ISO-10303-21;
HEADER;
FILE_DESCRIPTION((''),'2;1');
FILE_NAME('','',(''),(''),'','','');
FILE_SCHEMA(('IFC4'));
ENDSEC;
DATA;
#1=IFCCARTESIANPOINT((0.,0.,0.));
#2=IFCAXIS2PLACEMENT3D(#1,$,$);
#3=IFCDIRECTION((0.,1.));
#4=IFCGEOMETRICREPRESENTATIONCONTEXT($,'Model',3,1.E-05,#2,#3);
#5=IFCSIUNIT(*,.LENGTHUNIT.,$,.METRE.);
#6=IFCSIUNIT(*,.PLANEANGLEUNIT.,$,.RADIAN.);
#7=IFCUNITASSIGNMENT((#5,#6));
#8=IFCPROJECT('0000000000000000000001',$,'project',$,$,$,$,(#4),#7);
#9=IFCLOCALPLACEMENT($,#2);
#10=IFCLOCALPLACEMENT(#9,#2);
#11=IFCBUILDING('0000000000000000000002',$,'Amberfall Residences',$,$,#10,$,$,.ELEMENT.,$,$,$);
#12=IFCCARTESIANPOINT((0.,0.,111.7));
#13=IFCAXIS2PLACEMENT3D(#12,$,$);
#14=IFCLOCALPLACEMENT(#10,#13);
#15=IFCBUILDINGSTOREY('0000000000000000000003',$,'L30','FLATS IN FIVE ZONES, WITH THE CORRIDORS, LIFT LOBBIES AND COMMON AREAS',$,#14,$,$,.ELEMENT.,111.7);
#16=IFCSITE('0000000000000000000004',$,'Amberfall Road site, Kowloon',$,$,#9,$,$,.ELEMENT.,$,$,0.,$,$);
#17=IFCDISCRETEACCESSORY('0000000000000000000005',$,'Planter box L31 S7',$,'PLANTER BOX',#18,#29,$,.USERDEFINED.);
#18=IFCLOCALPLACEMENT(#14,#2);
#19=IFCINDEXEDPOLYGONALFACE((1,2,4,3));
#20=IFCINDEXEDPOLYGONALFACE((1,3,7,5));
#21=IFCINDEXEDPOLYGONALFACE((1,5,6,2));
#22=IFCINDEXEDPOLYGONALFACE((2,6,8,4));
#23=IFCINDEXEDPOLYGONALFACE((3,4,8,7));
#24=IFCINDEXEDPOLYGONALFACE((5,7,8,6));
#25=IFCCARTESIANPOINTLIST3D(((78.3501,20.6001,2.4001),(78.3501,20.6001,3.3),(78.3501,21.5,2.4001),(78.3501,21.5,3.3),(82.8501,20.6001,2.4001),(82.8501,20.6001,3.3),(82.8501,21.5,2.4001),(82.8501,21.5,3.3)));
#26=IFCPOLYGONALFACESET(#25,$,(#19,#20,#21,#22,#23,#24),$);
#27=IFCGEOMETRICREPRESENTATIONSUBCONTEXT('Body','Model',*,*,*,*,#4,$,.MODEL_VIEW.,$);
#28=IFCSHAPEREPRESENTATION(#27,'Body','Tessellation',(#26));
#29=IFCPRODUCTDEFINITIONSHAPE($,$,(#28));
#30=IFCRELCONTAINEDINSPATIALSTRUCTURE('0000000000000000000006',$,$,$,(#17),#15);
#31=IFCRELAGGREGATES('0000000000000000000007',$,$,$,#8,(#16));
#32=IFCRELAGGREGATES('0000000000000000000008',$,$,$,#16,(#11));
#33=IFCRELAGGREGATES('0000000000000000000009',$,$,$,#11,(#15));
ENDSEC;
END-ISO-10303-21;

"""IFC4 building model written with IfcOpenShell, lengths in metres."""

from ifc_helpers import new_model, si_unit, direction, frame, origin, origin_2d, place, context, subcontext, project, spatial, rectangle, extrude, element, save


model = new_model("IFC4")

# Units and contexts
model_context = context("Model", 3, precision=1e-05, world=origin(), true_north=direction((0.0, 1.0)))
body_context = subcontext(model_context, "Body", "Model", "MODEL_VIEW")
ifc_project = project(units=[si_unit("LENGTHUNIT", "METRE"), si_unit("PLANEANGLEUNIT", "RADIAN")], contexts=[model_context])

# Site, building, storey
site_placement = place(None, origin())
site = spatial("IfcSite", under=ifc_project, at=site_placement, Name="Amberfall Road site, Kowloon", CompositionType="ELEMENT", RefElevation=0.0)
building_placement = place(site_placement, origin())
building = spatial("IfcBuilding", under=site, at=building_placement, Name="Amberfall Residences", CompositionType="ELEMENT")
storey_placement = place(building_placement, frame((0.0, 0.0, 111.7)))
storey = spatial("IfcBuildingStorey", under=building, at=storey_placement, Name="L30", Description="FLATS IN FIVE ZONES, WITH THE CORRIDORS, LIFT LOBBIES AND COMMON AREAS", CompositionType="ELEMENT", Elevation=111.7)

# Discrete accessory
discrete_accessory_1_placement = place(storey_placement, frame((80.6001, 21.05, 2.4001), z_axis=(0.0, 0.0, 1.0), x_axis=(1.0, 0.0, 0.0)))
element("IfcDiscreteAccessory", 1, at=discrete_accessory_1_placement, inside=storey, Name="Planter box L31 S7", ObjectType="PLANTER BOX", PredefinedType="USERDEFINED", context=body_context, shape_type="SweptSolid", body=[
    extrude(rectangle(XDim=4.5, YDim=0.8999, at=origin_2d()), origin(), (0.0, 0.0, 1.0), 0.8999),
])

save(model, "model.ifc")
